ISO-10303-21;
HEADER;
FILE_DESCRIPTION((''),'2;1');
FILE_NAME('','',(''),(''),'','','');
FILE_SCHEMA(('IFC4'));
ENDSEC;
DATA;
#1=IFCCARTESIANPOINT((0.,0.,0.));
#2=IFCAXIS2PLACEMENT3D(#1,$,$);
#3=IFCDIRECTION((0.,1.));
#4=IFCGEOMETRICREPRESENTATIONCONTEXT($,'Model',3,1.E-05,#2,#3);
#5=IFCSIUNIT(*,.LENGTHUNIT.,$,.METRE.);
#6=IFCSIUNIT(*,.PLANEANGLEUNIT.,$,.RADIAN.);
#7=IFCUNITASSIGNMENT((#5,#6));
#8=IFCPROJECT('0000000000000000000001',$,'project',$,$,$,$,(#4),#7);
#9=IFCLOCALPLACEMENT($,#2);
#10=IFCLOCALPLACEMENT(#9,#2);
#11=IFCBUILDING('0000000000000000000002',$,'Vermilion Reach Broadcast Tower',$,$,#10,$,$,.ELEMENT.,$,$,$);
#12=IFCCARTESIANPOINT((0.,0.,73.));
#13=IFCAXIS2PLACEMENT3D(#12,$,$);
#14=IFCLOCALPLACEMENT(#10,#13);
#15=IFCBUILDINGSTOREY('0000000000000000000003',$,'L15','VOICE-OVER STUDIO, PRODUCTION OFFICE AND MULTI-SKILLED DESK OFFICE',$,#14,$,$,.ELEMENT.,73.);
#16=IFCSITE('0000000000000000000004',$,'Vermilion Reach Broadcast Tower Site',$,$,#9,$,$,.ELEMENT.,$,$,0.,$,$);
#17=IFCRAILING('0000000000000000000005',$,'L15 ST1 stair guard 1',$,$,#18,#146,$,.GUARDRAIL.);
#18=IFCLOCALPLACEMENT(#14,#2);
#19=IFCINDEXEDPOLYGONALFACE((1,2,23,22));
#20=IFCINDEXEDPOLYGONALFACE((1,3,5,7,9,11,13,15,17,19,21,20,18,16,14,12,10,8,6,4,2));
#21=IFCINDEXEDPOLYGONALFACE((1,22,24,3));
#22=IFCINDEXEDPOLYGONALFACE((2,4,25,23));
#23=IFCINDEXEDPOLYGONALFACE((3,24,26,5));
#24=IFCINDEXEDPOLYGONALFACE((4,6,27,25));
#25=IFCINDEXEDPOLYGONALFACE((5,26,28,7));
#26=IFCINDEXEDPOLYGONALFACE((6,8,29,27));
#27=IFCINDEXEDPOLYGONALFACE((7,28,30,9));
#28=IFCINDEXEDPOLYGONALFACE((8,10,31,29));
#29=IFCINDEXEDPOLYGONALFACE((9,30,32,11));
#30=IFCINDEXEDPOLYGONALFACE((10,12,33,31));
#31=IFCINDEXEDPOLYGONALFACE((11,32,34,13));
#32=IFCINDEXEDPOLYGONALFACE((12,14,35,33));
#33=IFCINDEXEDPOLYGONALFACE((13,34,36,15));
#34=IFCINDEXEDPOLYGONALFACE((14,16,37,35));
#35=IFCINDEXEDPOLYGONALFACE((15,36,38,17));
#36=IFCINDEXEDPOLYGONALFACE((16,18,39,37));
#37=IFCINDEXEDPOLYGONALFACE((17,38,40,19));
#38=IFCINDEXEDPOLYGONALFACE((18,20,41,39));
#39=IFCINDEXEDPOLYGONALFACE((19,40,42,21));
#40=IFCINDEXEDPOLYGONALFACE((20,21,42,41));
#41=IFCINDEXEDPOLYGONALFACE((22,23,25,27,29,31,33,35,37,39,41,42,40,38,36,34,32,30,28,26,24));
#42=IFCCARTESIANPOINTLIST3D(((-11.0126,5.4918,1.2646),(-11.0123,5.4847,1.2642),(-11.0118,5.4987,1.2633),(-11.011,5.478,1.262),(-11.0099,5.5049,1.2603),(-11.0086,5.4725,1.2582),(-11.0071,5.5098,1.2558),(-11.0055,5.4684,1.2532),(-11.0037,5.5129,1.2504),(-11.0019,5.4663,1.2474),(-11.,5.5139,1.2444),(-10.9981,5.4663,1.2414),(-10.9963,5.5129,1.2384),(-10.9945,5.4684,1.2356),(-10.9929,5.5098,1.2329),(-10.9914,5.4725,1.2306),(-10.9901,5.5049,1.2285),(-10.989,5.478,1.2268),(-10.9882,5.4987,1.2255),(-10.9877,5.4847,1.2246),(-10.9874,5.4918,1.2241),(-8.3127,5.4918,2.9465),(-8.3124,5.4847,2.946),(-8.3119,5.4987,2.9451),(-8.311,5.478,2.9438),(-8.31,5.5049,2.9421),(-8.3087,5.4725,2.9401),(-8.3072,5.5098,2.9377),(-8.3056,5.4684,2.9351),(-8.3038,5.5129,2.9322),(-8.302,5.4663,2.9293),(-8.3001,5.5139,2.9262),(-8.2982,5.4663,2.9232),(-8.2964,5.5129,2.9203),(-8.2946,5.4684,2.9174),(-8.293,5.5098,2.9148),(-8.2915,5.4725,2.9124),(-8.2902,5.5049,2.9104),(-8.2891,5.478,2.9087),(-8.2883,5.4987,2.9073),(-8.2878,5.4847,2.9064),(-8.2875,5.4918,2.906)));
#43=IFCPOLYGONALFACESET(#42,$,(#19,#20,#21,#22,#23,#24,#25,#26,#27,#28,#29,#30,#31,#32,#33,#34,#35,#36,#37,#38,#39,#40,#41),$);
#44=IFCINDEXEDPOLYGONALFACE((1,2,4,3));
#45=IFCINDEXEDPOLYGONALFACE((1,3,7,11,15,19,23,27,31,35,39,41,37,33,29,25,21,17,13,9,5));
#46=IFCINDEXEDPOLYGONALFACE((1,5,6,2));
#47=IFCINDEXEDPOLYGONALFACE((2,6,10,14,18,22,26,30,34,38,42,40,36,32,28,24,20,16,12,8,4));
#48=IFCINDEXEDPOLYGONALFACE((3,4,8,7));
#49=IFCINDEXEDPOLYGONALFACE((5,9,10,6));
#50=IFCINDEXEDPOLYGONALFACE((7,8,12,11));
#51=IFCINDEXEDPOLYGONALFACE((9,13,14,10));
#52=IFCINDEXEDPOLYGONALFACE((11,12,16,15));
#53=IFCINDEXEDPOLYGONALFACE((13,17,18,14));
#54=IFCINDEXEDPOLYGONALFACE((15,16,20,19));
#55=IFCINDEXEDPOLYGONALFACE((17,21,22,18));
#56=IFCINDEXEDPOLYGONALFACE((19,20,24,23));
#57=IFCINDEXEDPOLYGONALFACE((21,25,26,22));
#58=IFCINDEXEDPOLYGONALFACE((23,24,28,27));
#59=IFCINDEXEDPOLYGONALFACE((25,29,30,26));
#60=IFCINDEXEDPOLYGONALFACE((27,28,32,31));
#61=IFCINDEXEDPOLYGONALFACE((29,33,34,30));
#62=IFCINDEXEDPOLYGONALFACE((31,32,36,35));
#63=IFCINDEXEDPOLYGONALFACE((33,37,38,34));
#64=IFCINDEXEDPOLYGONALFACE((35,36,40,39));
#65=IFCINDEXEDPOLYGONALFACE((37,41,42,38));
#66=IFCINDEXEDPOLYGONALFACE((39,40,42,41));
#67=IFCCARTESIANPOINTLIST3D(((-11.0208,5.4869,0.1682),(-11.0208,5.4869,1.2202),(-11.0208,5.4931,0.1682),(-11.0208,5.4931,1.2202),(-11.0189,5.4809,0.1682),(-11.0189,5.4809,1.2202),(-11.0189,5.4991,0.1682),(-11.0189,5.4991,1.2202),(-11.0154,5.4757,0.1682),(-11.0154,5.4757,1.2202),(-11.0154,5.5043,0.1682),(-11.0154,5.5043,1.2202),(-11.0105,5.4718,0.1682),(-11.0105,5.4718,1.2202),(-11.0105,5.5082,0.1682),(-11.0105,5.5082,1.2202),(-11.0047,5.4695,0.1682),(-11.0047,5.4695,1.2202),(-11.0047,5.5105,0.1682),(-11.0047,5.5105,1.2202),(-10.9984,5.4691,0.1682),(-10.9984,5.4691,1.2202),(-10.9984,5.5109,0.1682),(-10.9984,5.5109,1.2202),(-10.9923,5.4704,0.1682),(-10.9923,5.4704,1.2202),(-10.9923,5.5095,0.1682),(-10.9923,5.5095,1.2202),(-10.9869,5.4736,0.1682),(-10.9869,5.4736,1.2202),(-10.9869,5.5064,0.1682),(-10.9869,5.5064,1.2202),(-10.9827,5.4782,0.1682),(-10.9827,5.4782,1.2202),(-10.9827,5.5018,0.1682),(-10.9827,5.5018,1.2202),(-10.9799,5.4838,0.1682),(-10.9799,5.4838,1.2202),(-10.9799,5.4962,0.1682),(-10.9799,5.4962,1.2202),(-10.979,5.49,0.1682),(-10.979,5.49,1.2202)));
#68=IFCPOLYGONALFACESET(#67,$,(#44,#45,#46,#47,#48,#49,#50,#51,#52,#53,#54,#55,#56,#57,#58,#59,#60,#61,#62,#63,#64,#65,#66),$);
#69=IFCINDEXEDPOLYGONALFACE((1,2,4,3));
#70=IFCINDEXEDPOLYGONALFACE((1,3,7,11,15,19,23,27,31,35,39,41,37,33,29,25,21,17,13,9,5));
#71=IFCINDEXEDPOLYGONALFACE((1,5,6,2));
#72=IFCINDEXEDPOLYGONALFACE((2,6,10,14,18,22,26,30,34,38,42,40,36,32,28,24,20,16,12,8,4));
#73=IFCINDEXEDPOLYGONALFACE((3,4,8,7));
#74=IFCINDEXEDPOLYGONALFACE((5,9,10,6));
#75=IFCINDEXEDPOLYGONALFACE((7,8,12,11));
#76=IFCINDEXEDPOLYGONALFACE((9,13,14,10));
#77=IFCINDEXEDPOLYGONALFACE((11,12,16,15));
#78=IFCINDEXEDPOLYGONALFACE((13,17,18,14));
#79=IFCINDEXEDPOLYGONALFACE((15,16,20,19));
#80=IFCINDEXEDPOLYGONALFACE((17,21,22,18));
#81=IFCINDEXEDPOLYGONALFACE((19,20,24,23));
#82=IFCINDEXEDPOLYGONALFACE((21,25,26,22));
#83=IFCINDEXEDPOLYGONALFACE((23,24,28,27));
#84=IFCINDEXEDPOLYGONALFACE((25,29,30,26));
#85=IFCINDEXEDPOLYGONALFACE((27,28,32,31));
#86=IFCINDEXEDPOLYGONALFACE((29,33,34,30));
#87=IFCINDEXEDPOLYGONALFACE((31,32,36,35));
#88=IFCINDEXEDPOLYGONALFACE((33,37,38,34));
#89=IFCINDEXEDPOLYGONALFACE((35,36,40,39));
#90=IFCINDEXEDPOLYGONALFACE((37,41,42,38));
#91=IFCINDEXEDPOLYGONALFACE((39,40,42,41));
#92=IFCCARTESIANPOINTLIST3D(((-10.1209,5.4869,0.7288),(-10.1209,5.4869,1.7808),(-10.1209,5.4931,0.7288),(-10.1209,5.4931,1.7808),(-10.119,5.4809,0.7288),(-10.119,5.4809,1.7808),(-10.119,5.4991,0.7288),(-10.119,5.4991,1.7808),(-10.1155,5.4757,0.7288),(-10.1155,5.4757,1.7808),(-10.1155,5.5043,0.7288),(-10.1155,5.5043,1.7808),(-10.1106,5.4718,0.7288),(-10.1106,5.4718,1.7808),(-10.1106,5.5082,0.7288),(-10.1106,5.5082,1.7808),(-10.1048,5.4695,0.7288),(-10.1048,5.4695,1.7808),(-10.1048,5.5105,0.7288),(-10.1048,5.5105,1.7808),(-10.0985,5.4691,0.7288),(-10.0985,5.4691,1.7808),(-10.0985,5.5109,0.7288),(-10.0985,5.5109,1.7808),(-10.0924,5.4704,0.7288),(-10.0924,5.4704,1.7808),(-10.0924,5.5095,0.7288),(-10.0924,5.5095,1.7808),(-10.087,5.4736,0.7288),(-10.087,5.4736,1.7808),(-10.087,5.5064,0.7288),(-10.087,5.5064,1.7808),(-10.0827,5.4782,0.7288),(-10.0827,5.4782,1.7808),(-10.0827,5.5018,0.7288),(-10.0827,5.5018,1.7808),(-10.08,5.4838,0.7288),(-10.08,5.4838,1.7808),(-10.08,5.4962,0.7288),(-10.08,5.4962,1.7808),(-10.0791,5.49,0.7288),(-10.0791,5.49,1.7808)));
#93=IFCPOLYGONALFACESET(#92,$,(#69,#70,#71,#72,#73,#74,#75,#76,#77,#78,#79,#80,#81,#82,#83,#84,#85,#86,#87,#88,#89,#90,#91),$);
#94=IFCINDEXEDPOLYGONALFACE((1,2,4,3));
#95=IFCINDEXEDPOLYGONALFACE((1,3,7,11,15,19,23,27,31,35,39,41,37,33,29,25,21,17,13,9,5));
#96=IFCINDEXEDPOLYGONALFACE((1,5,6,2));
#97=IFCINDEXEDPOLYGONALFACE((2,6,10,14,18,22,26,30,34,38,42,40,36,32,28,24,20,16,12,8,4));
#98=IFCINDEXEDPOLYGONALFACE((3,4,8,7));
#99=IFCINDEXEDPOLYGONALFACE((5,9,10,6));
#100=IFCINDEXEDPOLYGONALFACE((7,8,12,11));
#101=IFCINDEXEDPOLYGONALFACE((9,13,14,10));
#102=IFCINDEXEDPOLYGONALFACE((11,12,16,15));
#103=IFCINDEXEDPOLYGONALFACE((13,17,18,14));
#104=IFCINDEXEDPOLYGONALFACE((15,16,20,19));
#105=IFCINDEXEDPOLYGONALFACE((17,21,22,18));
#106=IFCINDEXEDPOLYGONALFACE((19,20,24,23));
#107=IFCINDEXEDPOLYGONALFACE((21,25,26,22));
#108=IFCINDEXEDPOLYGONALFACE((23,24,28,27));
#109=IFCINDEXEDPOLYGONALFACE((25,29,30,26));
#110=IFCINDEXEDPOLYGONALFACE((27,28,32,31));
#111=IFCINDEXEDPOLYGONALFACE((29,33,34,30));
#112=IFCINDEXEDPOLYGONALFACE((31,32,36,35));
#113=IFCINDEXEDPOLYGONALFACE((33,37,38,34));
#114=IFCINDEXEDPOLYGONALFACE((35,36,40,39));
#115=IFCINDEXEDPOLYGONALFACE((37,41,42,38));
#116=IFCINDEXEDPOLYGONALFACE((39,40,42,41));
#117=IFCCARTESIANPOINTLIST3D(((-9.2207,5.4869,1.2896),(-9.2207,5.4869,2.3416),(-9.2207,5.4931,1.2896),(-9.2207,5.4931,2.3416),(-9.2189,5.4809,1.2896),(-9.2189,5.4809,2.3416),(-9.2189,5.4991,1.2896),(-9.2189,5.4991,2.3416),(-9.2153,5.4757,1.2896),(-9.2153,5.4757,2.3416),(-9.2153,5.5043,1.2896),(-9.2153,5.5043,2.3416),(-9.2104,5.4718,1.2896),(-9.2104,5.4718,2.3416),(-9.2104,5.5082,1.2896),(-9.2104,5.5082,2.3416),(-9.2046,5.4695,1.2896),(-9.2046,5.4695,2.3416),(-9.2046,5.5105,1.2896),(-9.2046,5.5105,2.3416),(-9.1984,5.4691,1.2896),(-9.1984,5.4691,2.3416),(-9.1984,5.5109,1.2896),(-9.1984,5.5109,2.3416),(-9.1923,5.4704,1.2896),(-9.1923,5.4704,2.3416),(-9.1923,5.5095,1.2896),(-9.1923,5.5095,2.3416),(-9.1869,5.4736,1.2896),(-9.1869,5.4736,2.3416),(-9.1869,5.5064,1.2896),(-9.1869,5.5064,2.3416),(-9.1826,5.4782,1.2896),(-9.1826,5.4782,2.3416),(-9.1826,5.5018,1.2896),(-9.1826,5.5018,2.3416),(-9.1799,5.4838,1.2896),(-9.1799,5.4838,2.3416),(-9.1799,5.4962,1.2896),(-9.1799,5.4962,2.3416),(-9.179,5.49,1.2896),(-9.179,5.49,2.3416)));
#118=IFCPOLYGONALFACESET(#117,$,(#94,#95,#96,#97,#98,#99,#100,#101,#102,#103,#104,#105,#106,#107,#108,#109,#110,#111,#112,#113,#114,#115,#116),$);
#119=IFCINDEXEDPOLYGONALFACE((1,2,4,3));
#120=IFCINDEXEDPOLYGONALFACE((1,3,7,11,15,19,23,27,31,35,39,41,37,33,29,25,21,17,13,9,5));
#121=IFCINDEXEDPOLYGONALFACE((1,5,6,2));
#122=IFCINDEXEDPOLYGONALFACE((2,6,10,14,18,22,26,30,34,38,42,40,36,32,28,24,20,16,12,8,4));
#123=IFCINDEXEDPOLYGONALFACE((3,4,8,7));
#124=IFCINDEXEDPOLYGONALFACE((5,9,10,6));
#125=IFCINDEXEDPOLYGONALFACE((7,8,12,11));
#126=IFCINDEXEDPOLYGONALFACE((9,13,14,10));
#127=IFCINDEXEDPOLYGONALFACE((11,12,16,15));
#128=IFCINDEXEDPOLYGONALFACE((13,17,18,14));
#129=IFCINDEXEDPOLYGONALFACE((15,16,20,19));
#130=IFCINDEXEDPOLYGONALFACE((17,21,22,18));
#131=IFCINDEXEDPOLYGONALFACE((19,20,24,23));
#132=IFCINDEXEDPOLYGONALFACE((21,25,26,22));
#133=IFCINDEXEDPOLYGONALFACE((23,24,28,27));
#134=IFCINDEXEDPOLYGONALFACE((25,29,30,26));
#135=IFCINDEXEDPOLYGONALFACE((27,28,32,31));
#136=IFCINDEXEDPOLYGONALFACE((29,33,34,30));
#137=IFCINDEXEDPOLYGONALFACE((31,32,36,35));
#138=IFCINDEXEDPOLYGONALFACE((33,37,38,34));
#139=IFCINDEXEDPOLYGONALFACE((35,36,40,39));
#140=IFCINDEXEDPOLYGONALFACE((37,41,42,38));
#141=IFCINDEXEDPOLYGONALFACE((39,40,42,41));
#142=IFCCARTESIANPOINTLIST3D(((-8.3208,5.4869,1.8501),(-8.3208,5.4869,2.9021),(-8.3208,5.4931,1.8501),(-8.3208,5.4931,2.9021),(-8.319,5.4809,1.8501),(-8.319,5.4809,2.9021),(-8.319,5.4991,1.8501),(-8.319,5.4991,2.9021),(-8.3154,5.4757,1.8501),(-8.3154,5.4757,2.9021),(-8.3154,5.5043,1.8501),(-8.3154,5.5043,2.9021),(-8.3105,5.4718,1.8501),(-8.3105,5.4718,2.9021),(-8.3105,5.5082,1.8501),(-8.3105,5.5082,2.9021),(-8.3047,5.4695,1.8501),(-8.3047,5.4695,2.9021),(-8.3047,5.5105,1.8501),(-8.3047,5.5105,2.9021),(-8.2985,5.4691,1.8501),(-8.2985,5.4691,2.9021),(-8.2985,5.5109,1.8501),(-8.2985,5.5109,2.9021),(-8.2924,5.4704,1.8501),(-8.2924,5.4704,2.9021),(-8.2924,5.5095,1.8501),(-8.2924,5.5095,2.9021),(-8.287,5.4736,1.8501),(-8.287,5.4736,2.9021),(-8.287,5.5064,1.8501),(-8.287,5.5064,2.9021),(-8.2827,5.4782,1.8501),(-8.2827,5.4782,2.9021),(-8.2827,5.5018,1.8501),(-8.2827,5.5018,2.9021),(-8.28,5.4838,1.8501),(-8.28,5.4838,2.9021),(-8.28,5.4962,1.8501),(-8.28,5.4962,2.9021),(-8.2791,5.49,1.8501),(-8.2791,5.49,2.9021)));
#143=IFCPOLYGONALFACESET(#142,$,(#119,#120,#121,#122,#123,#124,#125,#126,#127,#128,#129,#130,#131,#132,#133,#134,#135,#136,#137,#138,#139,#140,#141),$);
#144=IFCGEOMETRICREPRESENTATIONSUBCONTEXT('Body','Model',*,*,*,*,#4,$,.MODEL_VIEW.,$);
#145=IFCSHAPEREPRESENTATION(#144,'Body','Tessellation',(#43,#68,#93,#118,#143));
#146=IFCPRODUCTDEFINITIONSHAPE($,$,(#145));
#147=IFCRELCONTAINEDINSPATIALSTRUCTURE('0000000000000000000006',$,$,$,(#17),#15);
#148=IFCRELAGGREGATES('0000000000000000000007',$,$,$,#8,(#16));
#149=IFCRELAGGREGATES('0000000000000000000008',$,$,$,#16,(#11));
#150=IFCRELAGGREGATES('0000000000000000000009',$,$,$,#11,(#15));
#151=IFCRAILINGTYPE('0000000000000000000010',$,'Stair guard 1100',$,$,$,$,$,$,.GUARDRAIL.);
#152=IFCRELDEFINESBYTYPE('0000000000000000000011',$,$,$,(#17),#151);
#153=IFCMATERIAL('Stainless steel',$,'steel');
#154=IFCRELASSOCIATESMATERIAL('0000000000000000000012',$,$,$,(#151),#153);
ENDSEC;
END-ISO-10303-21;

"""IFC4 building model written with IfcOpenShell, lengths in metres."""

from ifc_helpers import new_model, si_unit, direction, frame, origin, origin_2d, place, context, subcontext, project, spatial, circle, extrude, material, type_object, element, save


model = new_model("IFC4")

# Units and contexts
model_context = context("Model", 3, precision=1e-05, world=origin(), true_north=direction((0.0, 1.0)))
body_context = subcontext(model_context, "Body", "Model", "MODEL_VIEW")
ifc_project = project(units=[si_unit("LENGTHUNIT", "METRE"), si_unit("PLANEANGLEUNIT", "RADIAN")], contexts=[model_context])

# Site, building, storey
site_placement = place(None, origin())
site = spatial("IfcSite", under=ifc_project, at=site_placement, Name="Vermilion Reach Broadcast Tower Site", CompositionType="ELEMENT", RefElevation=0.0)
building_placement = place(site_placement, origin())
building = spatial("IfcBuilding", under=site, at=building_placement, Name="Vermilion Reach Broadcast Tower", CompositionType="ELEMENT")
storey_placement = place(building_placement, frame((0.0, 0.0, 73.0)))
storey = spatial("IfcBuildingStorey", under=building, at=storey_placement, Name="L15", Description="VOICE-OVER STUDIO, PRODUCTION OFFICE AND MULTI-SKILLED DESK OFFICE", CompositionType="ELEMENT", Elevation=73.0)

# Railing
ifc_material_1 = material(Name="Stainless steel", Category="steel")
railing_type_1 = type_object("IfcRailingType", Name="Stair guard 1100", PredefinedType="GUARDRAIL", material=ifc_material_1)
railing_1_placement = place(storey_placement, frame((-11.0, 5.49, 0.1682)))
element("IfcRailing", 1, at=railing_1_placement, inside=storey, type_object=railing_type_1, Name="L15 ST1 stair guard 1", PredefinedType="GUARDRAIL", context=body_context, shape_type="SweptSolid", body=[
    extrude(circle(Radius=0.0239, at=origin_2d()), frame((0.0, 0.0, 1.0762), z_axis=(0.848786, 0.0, 0.528736), x_axis=(0.0, 1.0, 0.0)), (0.0, 0.0, 1.0), 3.1809),
    extrude(circle(Radius=0.021, at=origin_2d()), origin(), (0.0, 0.0, 1.0), 1.052),
    extrude(circle(Radius=0.021, at=origin_2d()), frame((0.8999, 0.0, 0.5605)), (0.0, 0.0, 1.0), 1.052),
    extrude(circle(Radius=0.021, at=origin_2d()), frame((1.8, 0.0, 1.1213)), (0.0, 0.0, 1.0), 1.052),
    extrude(circle(Radius=0.021, at=origin_2d()), frame((2.7, 0.0, 1.6819)), (0.0, 0.0, 1.0), 1.052),
])

save(model, "model.ifc")
